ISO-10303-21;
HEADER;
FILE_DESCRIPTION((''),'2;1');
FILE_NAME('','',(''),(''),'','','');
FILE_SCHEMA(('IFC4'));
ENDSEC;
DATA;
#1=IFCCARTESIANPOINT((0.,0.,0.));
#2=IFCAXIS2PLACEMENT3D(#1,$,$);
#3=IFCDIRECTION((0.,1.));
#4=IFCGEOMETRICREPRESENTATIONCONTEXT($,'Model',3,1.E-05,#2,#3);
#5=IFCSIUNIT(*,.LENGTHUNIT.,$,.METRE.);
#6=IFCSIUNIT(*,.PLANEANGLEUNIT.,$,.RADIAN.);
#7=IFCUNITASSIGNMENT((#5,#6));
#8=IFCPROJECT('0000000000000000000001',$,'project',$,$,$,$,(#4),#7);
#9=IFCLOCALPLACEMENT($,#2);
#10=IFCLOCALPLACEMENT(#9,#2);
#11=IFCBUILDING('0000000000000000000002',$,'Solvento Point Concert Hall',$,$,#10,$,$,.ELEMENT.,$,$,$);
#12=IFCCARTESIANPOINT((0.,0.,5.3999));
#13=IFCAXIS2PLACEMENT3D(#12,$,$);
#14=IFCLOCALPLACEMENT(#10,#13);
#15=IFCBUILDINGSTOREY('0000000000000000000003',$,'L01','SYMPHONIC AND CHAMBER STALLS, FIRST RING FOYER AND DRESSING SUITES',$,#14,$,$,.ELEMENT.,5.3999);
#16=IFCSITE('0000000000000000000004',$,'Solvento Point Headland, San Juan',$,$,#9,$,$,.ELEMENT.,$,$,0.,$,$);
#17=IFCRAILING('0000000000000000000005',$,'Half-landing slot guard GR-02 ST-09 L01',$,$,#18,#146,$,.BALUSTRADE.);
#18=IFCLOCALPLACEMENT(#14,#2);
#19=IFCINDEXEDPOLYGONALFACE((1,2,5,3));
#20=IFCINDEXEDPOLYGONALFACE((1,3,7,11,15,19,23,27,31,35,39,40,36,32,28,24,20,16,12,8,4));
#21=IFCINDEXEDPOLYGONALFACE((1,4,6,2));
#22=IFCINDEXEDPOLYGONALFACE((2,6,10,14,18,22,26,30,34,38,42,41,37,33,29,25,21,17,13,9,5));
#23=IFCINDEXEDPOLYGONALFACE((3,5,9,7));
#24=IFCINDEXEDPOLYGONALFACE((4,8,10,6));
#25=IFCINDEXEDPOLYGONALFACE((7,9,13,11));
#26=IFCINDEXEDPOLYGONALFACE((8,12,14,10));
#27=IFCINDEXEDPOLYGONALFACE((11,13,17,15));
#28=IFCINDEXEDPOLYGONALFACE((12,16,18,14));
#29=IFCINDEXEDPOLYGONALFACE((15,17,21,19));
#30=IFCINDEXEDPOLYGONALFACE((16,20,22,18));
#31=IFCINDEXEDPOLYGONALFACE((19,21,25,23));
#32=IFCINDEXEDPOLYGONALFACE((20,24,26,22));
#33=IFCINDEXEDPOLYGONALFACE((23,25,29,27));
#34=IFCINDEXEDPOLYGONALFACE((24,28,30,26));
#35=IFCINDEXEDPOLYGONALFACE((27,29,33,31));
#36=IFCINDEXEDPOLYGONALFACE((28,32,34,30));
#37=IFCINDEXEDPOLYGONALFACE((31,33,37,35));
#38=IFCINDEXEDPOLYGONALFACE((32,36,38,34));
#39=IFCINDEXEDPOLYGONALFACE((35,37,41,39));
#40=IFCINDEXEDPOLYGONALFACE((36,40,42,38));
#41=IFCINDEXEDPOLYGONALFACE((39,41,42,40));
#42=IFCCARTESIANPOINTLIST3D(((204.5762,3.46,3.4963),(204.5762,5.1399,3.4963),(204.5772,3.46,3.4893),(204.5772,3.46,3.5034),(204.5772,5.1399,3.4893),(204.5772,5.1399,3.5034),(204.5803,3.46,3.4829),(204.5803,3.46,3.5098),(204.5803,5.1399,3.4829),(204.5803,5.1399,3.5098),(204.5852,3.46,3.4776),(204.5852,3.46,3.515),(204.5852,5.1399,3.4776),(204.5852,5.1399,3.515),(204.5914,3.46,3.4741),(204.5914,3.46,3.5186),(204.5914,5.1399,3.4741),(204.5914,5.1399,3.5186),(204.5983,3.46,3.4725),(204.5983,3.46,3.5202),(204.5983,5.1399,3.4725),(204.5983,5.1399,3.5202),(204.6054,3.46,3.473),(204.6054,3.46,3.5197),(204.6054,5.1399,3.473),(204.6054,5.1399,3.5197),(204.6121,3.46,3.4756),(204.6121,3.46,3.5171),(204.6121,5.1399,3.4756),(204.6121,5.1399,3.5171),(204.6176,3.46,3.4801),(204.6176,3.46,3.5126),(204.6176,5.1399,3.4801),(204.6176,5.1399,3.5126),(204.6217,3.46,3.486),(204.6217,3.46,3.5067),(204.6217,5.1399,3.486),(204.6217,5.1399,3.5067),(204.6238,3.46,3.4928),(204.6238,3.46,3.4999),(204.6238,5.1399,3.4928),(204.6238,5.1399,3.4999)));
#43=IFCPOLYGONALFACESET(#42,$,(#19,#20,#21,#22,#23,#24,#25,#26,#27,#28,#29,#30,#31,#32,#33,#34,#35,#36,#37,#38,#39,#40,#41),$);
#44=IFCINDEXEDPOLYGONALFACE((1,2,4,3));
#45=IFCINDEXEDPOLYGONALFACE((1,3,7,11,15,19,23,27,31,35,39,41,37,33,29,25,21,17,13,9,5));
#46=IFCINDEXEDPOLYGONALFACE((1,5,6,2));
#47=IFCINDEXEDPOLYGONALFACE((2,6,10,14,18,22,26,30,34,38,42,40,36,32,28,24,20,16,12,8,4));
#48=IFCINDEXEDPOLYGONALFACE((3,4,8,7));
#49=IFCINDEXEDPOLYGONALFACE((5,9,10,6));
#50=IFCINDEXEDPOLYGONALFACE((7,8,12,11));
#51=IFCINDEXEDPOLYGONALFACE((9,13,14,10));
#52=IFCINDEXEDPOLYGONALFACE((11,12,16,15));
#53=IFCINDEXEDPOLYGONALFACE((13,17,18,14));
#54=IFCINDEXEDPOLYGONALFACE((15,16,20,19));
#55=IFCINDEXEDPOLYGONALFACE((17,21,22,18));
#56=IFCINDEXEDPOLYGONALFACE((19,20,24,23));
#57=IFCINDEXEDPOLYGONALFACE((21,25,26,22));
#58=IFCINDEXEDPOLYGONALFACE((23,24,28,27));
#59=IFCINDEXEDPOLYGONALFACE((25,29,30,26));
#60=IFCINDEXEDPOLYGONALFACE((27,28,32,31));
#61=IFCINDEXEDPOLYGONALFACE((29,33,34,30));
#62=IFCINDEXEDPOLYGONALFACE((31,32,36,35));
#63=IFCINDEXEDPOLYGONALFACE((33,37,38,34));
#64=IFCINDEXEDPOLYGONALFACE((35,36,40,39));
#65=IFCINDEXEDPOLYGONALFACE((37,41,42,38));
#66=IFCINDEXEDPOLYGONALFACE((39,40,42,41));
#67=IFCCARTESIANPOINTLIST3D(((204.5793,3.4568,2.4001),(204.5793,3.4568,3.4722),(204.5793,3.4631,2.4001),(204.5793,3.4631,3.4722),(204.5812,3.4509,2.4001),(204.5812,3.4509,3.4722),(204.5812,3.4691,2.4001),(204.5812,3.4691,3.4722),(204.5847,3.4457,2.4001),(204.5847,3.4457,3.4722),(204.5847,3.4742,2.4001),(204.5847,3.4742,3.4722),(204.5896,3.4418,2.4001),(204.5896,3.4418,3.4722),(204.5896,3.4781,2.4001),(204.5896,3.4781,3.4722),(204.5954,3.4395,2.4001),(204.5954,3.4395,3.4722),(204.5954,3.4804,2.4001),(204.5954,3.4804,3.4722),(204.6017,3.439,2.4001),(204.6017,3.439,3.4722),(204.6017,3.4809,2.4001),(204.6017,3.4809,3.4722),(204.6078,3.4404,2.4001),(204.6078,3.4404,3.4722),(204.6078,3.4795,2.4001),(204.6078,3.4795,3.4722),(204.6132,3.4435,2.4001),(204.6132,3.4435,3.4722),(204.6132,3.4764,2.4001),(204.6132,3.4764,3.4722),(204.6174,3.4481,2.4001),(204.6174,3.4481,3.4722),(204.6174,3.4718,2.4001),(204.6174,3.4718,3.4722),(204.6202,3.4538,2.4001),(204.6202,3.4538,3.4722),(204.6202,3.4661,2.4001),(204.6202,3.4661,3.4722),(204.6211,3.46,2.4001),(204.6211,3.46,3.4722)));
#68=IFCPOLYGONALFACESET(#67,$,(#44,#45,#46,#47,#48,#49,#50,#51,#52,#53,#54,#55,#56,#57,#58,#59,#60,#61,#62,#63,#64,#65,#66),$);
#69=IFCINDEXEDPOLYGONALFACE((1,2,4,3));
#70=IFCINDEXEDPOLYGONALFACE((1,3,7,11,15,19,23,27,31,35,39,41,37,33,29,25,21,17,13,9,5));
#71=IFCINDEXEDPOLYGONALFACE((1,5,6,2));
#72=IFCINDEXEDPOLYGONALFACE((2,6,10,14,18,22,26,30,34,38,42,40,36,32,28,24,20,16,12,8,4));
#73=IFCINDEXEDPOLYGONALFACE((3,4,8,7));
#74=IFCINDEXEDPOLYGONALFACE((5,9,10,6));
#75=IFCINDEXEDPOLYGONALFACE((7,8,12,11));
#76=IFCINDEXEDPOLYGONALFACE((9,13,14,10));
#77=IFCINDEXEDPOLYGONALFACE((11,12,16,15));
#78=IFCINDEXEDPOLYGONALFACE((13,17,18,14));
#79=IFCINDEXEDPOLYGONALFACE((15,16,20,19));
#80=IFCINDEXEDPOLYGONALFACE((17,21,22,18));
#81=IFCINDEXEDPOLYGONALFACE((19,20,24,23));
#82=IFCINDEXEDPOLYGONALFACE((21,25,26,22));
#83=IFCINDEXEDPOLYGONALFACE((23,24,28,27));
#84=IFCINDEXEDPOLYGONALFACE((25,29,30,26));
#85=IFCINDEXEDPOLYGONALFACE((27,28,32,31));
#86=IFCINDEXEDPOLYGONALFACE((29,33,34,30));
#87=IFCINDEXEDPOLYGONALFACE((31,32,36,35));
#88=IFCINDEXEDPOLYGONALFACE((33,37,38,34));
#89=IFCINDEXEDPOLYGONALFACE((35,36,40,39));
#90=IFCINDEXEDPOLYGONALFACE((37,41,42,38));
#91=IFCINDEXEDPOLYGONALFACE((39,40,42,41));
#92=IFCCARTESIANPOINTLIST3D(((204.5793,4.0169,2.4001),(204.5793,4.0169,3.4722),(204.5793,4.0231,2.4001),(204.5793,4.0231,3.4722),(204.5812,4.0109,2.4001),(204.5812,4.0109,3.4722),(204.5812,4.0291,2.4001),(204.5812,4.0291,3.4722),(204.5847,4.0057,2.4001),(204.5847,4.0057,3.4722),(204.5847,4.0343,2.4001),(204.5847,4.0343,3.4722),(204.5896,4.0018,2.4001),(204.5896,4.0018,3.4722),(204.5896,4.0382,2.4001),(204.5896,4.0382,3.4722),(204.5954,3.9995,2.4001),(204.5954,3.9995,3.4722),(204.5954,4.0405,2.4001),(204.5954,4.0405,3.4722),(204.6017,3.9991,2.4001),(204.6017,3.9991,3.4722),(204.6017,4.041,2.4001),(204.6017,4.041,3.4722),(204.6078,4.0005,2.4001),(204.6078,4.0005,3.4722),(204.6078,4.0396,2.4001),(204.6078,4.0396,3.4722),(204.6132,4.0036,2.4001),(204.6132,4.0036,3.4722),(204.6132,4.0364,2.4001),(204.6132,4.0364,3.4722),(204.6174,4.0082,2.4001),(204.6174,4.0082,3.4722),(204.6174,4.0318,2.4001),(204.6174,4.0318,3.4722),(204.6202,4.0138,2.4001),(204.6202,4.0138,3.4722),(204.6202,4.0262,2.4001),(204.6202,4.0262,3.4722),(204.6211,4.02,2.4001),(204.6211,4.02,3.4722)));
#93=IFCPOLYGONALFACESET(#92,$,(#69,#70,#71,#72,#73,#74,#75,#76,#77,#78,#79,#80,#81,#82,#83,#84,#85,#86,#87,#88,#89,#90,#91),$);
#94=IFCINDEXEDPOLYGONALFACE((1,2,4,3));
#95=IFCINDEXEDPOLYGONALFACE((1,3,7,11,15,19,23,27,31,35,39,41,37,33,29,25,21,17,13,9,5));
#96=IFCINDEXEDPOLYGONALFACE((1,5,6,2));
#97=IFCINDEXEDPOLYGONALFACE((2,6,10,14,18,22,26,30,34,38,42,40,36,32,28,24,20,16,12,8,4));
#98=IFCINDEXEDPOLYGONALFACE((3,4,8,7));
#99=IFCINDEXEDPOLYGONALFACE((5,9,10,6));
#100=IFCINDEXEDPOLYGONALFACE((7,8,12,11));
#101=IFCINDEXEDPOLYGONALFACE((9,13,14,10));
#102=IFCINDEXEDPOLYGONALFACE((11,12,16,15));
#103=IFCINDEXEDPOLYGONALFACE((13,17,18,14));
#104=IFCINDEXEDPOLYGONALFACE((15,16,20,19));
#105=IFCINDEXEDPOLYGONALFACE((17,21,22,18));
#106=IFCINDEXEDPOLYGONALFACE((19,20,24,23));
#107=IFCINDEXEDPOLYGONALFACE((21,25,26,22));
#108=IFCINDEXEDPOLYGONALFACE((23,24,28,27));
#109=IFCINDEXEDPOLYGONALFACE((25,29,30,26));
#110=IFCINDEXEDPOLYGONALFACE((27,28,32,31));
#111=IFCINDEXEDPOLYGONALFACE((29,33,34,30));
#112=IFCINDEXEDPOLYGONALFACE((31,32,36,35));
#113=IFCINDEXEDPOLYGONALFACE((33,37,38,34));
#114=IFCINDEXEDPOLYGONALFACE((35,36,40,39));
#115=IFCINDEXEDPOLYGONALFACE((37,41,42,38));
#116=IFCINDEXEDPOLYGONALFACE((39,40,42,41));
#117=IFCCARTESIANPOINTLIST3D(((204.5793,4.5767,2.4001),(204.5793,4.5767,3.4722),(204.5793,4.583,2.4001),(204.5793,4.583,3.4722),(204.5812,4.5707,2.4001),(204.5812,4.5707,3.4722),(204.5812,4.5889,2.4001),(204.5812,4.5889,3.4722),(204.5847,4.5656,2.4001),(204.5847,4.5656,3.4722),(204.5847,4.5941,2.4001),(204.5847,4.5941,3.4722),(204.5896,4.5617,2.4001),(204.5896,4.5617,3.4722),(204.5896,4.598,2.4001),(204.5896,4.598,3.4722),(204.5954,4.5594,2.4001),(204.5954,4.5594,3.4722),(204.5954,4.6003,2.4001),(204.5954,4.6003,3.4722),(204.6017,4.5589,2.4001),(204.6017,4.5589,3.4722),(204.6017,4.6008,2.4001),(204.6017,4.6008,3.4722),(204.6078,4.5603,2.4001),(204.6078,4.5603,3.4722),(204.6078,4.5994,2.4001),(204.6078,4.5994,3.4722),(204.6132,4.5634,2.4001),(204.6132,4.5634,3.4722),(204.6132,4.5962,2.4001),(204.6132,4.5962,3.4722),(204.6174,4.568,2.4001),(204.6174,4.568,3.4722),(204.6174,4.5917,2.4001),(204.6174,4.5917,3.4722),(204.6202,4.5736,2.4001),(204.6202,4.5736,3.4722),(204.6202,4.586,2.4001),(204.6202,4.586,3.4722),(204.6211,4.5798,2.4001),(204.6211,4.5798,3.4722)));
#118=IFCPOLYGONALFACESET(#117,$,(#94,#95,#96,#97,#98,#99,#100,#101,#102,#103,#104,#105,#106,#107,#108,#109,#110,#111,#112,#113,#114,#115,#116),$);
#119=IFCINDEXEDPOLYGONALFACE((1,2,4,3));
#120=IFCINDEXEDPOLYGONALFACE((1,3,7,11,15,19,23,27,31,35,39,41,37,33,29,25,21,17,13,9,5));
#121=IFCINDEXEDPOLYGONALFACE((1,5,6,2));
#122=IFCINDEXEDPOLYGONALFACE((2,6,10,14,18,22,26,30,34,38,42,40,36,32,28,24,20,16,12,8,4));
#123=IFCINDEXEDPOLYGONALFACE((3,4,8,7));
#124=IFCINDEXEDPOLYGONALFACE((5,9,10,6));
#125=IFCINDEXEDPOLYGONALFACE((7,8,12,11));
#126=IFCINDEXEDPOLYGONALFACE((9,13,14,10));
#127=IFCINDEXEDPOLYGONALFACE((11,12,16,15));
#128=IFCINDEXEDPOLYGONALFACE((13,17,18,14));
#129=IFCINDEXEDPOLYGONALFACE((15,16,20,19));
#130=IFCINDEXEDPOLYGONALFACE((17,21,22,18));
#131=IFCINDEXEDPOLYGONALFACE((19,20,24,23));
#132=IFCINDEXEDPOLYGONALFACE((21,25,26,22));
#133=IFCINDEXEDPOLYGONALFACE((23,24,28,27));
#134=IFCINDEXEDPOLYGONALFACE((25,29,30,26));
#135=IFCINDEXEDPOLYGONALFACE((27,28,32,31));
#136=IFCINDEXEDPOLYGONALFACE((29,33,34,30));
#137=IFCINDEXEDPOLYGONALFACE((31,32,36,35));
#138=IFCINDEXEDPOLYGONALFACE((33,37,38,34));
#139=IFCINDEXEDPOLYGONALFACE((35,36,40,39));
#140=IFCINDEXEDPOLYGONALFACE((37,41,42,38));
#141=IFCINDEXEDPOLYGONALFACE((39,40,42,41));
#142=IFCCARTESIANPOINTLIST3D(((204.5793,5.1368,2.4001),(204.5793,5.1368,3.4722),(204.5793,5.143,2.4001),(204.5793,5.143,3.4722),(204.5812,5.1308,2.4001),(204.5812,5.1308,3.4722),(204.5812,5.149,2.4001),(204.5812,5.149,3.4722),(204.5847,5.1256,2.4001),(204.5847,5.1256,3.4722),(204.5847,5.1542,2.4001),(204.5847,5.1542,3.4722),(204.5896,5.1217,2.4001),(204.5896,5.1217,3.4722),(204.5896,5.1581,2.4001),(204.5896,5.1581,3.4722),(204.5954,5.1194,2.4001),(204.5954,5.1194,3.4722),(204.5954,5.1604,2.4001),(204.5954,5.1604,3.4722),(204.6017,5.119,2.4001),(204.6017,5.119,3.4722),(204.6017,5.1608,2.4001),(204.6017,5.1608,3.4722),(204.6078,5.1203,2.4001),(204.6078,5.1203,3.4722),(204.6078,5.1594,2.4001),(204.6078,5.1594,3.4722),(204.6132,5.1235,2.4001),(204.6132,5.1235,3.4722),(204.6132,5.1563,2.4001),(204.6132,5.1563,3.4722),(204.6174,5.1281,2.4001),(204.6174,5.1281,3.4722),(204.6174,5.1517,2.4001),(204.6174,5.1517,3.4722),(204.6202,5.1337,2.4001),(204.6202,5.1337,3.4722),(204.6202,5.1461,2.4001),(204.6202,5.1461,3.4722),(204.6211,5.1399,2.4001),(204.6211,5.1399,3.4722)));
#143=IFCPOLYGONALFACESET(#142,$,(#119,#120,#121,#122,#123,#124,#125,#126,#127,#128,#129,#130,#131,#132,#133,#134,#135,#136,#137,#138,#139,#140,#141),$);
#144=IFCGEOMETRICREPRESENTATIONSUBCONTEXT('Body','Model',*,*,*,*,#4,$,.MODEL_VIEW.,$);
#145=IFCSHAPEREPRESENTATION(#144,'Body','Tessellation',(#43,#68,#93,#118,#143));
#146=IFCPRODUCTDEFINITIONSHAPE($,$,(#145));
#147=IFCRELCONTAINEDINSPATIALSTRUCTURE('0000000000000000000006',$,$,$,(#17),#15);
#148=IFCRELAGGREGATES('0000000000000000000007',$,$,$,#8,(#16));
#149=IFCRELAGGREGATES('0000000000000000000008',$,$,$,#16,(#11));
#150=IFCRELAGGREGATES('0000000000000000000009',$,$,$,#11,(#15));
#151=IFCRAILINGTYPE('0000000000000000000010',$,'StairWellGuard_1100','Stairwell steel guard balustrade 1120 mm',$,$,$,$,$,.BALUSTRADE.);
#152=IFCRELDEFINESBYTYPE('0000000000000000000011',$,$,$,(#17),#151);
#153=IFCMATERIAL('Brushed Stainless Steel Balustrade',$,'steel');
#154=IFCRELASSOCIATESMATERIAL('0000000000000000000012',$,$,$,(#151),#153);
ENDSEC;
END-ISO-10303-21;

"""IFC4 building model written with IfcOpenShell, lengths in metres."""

from ifc_helpers import new_model, si_unit, direction, frame, origin, origin_2d, place, context, subcontext, project, spatial, circle, extrude, material, type_object, element, save


model = new_model("IFC4")

# Units and contexts
model_context = context("Model", 3, precision=1e-05, world=origin(), true_north=direction((0.0, 1.0)))
body_context = subcontext(model_context, "Body", "Model", "MODEL_VIEW")
ifc_project = project(units=[si_unit("LENGTHUNIT", "METRE"), si_unit("PLANEANGLEUNIT", "RADIAN")], contexts=[model_context])

# Site, building, storey
site_placement = place(None, origin())
site = spatial("IfcSite", under=ifc_project, at=site_placement, Name="Solvento Point Headland, San Juan", CompositionType="ELEMENT", RefElevation=0.0)
building_placement = place(site_placement, origin())
building = spatial("IfcBuilding", under=site, at=building_placement, Name="Solvento Point Concert Hall", CompositionType="ELEMENT")
storey_placement = place(building_placement, frame((0.0, 0.0, 5.3999)))
storey = spatial("IfcBuildingStorey", under=building, at=storey_placement, Name="L01", Description="SYMPHONIC AND CHAMBER STALLS, FIRST RING FOYER AND DRESSING SUITES", CompositionType="ELEMENT", Elevation=5.3999)

# Railing
ifc_material_1 = material(Name="Brushed Stainless Steel Balustrade", Category="steel")
railing_type_1 = type_object("IfcRailingType", Name="StairWellGuard_1100", Description="Stairwell steel guard balustrade 1120 mm", PredefinedType="BALUSTRADE", material=ifc_material_1)
railing_1_placement = place(storey_placement, frame((204.6001, 3.46, 2.4001)))
element("IfcRailing", 1, at=railing_1_placement, inside=storey, type_object=railing_type_1, Name="Half-landing slot guard GR-02 ST-09 L01", PredefinedType="BALUSTRADE", context=body_context, shape_type="SweptSolid", body=[
    extrude(circle(Radius=0.0239, at=origin_2d()), frame((0.0, 0.0, 1.0962), z_axis=(0.0, 1.0, 0.0), x_axis=(-1.0, 0.0, 0.0)), (0.0, 0.0, 1.0), 1.6799),
    extrude(circle(Radius=0.021, at=origin_2d()), origin(), (0.0, 0.0, 1.0), 1.072),
    extrude(circle(Radius=0.021, at=origin_2d()), frame((0.0, 0.5601, 0.0)), (0.0, 0.0, 1.0), 1.072),
    extrude(circle(Radius=0.021, at=origin_2d()), frame((0.0, 1.1199, 0.0)), (0.0, 0.0, 1.0), 1.072),
    extrude(circle(Radius=0.021, at=origin_2d()), frame((0.0, 1.6799, 0.0)), (0.0, 0.0, 1.0), 1.072),
])

save(model, "model.ifc")
